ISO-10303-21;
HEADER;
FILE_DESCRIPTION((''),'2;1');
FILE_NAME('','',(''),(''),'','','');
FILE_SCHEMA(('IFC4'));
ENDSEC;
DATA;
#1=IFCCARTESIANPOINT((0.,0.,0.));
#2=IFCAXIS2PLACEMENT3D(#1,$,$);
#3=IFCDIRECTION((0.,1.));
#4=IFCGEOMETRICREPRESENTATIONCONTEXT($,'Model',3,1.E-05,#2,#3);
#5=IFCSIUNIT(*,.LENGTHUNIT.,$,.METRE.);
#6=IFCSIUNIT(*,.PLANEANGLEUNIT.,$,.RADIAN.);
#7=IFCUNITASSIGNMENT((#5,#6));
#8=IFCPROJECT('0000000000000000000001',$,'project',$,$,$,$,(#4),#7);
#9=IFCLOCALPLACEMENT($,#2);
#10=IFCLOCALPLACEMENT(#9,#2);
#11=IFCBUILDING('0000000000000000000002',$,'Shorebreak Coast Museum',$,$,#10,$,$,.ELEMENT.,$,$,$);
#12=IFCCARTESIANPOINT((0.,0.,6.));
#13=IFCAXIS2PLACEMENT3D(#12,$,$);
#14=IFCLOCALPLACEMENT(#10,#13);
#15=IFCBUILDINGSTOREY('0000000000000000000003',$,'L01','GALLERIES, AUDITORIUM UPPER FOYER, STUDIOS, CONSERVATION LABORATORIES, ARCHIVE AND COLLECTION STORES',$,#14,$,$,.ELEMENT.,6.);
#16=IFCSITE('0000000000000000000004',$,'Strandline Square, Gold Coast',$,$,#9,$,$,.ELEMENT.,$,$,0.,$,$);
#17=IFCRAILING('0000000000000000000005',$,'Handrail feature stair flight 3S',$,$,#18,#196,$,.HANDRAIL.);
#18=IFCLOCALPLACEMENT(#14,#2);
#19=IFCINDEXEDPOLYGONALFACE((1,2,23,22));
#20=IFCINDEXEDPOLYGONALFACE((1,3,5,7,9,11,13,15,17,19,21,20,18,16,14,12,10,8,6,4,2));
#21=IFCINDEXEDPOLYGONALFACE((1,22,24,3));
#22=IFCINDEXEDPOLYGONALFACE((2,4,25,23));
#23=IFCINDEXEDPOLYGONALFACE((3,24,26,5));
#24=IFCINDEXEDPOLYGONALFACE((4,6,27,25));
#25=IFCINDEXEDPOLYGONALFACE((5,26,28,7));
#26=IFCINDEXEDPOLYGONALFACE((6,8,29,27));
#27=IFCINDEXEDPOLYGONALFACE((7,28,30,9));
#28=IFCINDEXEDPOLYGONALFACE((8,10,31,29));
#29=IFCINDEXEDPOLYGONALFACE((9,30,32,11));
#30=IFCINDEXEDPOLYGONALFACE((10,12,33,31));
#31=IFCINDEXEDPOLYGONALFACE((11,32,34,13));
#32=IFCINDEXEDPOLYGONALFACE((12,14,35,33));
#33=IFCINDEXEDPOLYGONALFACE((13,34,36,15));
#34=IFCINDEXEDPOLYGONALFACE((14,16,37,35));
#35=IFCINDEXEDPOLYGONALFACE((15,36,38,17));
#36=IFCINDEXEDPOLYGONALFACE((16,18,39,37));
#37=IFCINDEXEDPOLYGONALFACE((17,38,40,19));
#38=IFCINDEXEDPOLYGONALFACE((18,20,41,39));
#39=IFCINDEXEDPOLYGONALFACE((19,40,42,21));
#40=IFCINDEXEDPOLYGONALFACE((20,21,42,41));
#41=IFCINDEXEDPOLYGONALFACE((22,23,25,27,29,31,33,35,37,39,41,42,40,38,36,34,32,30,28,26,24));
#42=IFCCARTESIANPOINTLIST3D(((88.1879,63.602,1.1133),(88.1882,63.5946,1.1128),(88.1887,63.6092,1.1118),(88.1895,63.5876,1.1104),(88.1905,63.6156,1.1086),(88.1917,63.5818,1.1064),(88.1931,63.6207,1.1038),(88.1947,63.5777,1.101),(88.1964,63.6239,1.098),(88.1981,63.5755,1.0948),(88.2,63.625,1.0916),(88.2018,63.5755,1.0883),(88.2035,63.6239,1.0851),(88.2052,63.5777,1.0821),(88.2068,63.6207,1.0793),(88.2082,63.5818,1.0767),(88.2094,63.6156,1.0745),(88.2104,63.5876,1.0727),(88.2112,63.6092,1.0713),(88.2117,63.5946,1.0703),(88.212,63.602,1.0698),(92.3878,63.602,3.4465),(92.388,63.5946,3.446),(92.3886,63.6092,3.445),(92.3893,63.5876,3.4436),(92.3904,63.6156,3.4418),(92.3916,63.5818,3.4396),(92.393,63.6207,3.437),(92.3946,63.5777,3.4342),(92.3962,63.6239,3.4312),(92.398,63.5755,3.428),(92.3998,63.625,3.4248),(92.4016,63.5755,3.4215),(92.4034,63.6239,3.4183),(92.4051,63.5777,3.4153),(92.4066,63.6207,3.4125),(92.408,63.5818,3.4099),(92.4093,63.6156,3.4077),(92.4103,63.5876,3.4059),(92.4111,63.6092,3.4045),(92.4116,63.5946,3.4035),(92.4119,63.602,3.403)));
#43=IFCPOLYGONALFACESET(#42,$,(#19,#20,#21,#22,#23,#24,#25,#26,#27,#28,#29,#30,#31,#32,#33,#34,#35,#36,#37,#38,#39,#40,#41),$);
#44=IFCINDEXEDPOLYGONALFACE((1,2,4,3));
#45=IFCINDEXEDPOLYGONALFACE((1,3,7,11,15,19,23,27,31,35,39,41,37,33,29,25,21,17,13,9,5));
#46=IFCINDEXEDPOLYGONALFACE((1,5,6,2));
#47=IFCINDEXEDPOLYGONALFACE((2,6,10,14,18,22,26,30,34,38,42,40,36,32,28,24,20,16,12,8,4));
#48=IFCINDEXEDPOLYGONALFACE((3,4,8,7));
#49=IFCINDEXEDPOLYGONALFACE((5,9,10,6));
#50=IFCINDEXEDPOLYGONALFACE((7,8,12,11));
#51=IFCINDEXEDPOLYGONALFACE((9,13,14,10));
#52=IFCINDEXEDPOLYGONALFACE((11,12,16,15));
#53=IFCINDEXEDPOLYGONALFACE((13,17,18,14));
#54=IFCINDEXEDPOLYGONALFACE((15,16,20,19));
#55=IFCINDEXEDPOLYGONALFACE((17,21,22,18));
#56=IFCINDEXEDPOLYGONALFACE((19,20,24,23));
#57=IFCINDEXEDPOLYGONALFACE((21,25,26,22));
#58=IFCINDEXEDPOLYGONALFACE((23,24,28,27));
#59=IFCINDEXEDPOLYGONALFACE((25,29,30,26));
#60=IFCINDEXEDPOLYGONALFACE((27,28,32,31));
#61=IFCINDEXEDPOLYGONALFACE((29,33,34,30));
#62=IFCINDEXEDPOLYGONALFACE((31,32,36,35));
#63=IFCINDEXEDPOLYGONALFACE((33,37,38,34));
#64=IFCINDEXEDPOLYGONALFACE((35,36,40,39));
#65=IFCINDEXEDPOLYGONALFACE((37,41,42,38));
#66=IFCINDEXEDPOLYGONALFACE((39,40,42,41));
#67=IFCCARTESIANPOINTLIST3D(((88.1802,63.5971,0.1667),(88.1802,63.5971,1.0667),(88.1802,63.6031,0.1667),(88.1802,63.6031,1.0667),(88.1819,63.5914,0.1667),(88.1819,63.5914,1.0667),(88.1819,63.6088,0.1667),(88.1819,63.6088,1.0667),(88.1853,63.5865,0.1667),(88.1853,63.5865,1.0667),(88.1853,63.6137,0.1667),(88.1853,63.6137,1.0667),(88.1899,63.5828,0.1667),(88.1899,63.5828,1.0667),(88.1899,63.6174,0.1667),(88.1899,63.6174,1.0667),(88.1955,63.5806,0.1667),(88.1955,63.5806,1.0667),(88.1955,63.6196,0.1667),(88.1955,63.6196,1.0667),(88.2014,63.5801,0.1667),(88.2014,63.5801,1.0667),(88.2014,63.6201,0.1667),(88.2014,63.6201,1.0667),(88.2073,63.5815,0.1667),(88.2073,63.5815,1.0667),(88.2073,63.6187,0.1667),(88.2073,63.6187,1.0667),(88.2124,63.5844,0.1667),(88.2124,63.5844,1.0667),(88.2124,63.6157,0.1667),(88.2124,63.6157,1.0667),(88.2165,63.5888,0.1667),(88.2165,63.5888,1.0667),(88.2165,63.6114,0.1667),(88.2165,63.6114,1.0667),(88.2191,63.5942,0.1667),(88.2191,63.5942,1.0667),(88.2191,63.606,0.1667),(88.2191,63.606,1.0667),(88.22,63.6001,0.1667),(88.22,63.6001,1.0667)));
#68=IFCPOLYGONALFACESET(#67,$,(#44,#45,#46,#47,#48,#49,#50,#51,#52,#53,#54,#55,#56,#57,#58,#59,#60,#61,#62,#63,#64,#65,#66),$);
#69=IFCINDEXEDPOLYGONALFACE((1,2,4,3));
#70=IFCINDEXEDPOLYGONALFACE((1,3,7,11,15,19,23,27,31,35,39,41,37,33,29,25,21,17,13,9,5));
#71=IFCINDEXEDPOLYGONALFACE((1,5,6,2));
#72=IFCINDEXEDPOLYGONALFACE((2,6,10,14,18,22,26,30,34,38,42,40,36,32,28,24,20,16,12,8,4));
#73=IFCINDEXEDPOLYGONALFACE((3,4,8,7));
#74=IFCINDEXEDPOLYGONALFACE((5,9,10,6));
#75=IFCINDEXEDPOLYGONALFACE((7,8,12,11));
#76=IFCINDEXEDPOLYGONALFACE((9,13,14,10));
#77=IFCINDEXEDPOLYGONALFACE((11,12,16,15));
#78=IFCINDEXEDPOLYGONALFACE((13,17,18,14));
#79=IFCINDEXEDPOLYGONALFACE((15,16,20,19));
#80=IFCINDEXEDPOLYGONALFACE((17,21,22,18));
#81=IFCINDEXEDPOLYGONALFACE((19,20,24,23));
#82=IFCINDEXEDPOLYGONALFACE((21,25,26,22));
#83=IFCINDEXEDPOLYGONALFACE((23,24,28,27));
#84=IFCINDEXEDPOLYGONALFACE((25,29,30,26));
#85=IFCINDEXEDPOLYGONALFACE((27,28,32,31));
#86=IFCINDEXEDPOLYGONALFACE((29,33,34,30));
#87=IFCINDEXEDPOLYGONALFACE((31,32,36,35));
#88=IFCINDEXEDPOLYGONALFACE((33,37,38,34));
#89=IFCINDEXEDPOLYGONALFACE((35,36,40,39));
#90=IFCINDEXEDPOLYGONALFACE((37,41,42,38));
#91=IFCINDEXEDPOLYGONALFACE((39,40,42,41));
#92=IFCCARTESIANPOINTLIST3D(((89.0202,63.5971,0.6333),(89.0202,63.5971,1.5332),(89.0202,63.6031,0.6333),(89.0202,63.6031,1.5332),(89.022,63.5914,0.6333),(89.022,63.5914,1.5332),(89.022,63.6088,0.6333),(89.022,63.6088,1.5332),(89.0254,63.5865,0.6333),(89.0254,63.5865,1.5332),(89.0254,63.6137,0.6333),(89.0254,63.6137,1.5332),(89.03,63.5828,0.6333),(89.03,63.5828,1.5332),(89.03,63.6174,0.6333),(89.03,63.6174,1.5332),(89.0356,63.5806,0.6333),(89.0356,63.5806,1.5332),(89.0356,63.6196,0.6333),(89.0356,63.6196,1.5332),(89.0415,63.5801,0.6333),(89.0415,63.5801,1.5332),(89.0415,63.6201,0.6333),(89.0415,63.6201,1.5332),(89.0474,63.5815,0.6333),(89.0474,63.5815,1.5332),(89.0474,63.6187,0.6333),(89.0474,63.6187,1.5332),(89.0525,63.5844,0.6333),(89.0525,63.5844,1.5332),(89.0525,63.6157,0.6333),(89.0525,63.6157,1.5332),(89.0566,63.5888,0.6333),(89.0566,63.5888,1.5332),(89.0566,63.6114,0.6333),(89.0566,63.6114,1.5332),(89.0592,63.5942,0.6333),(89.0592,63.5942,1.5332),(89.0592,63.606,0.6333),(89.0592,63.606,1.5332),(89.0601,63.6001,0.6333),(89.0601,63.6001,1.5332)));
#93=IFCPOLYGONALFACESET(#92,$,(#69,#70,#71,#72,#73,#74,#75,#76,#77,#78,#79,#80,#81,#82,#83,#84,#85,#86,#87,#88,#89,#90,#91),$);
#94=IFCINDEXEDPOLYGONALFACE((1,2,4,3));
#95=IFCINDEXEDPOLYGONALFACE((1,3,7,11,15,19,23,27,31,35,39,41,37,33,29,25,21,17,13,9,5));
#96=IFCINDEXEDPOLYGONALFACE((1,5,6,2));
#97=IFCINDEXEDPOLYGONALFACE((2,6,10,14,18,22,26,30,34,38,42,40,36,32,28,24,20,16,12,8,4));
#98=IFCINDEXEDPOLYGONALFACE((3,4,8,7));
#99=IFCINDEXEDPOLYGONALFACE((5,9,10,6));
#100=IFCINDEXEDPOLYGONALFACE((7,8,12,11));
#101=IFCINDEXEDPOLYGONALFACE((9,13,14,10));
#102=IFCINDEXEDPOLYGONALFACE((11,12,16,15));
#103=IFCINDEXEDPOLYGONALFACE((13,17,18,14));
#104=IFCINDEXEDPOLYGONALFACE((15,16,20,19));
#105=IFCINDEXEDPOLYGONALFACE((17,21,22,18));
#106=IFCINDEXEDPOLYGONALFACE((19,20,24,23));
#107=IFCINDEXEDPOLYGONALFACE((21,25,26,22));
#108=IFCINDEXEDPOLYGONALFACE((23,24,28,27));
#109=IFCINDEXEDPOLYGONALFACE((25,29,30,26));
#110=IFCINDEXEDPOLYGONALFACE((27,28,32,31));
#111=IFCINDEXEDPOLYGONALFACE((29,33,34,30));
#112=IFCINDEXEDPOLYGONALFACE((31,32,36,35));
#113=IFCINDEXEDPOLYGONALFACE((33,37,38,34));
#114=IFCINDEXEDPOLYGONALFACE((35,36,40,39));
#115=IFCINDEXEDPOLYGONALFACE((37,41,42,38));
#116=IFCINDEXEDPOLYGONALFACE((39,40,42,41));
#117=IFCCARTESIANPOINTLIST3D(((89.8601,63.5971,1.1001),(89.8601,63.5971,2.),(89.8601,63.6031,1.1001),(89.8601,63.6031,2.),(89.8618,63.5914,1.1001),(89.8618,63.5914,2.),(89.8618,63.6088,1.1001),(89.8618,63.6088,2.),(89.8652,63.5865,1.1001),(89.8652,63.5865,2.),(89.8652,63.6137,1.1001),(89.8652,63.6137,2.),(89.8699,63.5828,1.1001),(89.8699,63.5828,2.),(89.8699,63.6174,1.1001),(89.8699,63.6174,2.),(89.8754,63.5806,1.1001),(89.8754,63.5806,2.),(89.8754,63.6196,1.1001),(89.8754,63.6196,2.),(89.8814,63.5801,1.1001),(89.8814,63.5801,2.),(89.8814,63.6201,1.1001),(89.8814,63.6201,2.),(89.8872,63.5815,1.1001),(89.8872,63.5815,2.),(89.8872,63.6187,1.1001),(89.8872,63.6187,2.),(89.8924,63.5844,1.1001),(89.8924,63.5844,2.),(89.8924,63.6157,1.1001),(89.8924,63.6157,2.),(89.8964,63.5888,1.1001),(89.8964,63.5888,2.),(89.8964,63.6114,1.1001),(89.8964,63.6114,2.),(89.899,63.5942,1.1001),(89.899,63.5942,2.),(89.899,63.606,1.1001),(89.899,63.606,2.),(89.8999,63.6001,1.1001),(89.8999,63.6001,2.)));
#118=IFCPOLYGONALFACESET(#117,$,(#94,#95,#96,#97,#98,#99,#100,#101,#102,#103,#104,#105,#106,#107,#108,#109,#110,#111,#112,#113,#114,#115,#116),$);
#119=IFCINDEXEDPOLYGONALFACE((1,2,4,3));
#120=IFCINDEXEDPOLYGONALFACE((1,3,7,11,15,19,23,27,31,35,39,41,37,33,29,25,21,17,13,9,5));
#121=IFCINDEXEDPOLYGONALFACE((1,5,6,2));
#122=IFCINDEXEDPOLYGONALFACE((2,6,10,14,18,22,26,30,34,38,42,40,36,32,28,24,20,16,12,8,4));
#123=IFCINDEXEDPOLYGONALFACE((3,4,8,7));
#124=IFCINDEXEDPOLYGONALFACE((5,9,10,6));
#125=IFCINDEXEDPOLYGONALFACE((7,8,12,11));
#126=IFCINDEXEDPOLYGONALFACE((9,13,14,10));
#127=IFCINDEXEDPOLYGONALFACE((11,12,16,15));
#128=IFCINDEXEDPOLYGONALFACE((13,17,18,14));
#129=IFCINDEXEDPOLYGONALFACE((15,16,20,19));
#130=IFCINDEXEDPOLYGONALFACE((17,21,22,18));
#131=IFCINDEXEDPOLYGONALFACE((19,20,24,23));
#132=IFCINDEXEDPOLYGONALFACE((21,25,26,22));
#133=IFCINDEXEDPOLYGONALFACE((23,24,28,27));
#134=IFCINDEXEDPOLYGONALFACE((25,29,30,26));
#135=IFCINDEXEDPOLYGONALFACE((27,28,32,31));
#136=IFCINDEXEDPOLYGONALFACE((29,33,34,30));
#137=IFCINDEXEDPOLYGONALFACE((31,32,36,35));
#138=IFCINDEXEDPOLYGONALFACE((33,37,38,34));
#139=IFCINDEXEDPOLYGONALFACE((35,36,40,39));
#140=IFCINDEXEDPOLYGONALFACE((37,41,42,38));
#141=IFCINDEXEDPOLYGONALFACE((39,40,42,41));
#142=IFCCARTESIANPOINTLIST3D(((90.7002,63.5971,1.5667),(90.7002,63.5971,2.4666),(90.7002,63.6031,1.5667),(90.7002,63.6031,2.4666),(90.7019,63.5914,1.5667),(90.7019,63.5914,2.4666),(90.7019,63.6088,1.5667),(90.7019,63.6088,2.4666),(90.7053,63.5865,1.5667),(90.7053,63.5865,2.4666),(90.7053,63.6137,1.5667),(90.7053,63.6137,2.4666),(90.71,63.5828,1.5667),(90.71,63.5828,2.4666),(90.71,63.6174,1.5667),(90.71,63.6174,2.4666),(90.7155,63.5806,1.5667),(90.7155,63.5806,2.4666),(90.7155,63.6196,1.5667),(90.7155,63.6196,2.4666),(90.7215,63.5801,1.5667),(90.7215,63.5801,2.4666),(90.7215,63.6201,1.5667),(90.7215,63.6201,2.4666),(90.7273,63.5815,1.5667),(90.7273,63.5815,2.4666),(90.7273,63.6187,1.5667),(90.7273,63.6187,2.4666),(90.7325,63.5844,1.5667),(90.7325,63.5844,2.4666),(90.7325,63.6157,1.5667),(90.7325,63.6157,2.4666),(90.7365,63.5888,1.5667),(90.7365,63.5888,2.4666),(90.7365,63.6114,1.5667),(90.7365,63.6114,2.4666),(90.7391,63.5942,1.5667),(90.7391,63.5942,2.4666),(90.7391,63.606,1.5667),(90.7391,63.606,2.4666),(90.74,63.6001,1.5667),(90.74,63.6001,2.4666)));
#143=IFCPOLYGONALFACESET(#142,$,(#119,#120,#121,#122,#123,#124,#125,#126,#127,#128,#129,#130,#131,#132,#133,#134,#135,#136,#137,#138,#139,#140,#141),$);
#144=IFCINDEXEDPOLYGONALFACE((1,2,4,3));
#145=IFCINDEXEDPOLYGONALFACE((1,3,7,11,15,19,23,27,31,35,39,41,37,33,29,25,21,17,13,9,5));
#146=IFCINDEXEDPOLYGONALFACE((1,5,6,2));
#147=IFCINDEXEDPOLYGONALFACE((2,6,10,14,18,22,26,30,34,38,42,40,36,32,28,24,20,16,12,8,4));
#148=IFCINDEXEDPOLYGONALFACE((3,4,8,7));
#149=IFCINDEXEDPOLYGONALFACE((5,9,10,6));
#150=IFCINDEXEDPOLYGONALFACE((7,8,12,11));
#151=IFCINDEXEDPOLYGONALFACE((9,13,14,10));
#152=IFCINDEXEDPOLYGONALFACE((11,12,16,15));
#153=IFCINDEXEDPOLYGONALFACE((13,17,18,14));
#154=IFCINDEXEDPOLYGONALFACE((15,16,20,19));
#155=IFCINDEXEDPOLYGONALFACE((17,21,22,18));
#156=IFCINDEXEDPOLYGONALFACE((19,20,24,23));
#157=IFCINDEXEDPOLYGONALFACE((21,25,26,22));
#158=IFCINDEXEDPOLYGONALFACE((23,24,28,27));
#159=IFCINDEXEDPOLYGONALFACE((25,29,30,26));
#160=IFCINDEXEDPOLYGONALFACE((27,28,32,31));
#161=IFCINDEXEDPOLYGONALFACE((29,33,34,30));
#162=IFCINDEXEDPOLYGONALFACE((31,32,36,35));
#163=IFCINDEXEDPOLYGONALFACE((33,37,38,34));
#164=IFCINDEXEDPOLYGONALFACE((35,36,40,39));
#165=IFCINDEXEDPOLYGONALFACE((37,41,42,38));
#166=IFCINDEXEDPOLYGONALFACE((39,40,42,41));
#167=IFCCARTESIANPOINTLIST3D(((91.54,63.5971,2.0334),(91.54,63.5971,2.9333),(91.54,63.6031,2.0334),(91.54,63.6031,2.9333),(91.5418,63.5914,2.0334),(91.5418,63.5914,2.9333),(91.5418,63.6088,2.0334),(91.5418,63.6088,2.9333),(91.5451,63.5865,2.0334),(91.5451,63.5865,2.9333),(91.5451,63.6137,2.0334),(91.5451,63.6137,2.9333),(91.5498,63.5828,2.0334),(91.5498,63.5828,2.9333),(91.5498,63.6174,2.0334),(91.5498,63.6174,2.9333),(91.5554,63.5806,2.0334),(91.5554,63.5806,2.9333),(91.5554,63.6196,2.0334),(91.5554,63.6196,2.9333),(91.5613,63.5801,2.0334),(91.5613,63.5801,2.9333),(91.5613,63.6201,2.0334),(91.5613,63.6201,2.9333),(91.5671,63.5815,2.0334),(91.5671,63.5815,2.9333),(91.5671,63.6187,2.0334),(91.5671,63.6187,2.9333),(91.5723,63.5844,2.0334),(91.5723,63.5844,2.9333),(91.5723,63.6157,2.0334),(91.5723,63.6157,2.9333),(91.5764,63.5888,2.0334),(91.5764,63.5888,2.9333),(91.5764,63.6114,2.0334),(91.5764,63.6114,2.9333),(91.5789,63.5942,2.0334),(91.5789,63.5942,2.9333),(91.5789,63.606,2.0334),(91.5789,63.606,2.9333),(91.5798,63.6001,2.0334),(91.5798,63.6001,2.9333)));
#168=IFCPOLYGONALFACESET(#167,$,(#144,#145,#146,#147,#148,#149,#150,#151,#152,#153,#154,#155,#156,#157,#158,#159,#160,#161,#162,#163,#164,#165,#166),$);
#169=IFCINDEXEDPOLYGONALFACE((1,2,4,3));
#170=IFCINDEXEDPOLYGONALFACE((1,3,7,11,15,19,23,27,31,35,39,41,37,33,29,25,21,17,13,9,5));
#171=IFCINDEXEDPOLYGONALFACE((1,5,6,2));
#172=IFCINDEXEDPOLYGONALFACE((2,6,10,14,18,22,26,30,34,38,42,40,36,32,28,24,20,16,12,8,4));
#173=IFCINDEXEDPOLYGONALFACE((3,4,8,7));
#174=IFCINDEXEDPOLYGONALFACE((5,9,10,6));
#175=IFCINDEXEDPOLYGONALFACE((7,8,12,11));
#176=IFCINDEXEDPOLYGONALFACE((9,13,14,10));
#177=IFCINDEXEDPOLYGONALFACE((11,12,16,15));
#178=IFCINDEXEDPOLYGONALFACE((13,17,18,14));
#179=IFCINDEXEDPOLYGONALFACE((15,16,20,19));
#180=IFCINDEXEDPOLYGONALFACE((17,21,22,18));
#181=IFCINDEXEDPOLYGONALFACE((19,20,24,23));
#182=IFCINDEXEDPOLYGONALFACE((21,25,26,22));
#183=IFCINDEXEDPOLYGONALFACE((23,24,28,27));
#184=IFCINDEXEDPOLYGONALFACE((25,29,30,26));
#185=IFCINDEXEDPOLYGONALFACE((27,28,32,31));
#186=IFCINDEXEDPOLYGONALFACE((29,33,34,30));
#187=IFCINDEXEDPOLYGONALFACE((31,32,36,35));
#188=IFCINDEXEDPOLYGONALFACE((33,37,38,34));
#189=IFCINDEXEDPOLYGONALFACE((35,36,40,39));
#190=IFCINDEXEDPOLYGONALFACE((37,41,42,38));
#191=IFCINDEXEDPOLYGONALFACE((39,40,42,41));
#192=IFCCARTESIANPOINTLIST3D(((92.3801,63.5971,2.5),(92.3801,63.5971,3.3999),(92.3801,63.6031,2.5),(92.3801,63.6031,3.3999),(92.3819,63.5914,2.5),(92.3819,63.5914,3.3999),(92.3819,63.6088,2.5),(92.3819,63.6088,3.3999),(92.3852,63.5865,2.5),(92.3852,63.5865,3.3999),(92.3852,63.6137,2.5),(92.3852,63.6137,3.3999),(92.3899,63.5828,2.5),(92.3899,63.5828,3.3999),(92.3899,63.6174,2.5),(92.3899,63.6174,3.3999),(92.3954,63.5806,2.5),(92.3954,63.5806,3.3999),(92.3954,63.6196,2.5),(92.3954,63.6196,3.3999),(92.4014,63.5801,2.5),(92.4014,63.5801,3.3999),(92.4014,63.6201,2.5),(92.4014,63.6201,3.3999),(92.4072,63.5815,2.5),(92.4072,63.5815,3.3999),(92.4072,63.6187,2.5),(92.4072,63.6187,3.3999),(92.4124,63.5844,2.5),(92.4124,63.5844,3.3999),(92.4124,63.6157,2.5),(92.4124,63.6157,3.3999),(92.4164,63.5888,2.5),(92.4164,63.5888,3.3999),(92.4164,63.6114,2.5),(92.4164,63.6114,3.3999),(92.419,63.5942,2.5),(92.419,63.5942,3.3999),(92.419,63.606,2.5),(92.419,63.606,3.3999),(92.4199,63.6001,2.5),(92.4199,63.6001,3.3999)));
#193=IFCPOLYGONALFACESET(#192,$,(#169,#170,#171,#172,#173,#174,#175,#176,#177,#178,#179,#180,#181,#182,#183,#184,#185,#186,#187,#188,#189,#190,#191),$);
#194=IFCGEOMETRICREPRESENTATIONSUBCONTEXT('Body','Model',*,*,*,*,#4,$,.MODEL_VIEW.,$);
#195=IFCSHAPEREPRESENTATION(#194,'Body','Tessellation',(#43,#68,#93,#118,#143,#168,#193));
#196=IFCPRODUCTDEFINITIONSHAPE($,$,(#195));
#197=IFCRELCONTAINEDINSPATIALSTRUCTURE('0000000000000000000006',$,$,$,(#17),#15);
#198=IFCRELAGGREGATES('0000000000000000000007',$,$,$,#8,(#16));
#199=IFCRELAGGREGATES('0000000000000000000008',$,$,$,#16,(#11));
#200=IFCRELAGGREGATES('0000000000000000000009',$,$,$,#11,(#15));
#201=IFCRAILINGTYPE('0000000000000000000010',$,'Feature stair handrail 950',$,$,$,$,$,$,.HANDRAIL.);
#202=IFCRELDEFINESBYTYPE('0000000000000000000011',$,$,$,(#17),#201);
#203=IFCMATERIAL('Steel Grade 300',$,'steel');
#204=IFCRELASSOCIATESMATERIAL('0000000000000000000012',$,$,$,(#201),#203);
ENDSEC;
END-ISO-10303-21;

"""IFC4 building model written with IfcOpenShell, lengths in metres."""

from ifc_helpers import new_model, si_unit, direction, frame, origin, origin_2d, place, context, subcontext, project, spatial, circle, extrude, material, type_object, element, save


model = new_model("IFC4")

# Units and contexts
model_context = context("Model", 3, precision=1e-05, world=origin(), true_north=direction((0.0, 1.0)))
body_context = subcontext(model_context, "Body", "Model", "MODEL_VIEW")
ifc_project = project(units=[si_unit("LENGTHUNIT", "METRE"), si_unit("PLANEANGLEUNIT", "RADIAN")], contexts=[model_context])

# Site, building, storey
site_placement = place(None, origin())
site = spatial("IfcSite", under=ifc_project, at=site_placement, Name="Strandline Square, Gold Coast", CompositionType="ELEMENT", RefElevation=0.0)
building_placement = place(site_placement, origin())
building = spatial("IfcBuilding", under=site, at=building_placement, Name="Shorebreak Coast Museum", CompositionType="ELEMENT")
storey_placement = place(building_placement, frame((0.0, 0.0, 6.0)))
storey = spatial("IfcBuildingStorey", under=building, at=storey_placement, Name="L01", Description="GALLERIES, AUDITORIUM UPPER FOYER, STUDIOS, CONSERVATION LABORATORIES, ARCHIVE AND COLLECTION STORES", CompositionType="ELEMENT", Elevation=6.0)

# Railing
ifc_material_1 = material(Name="Steel Grade 300", Category="steel")
railing_type_1 = type_object("IfcRailingType", Name="Feature stair handrail 950", PredefinedType="HANDRAIL", material=ifc_material_1)
for number, where, name in (
    (1, (88.2, 63.6001, 0.1667), "Handrail feature stair flight 3S"),
):
    element("IfcRailing", number, at=place(storey_placement, frame(where)), inside=storey, type_object=railing_type_1, Name=name, PredefinedType="HANDRAIL", context=body_context, shape_type="SweptSolid", body=[
        extrude(circle(Radius=0.0249, at=origin_2d()), frame((0.0, 0.0, 0.9248), z_axis=(0.874162, 0.0, 0.485634), x_axis=(0.0, 1.0, 0.0)), (0.0, 0.0, 1.0), 4.8044),
        extrude(circle(Radius=0.02, at=origin_2d()), origin(), (0.0, 0.0, 1.0), 0.8999),
        extrude(circle(Radius=0.02, at=origin_2d()), frame((0.8401, 0.0, 0.4666)), (0.0, 0.0, 1.0), 0.8999),
        extrude(circle(Radius=0.02, at=origin_2d()), frame((1.6799, 0.0, 0.9333)), (0.0, 0.0, 1.0), 0.8999),
        extrude(circle(Radius=0.02, at=origin_2d()), frame((2.52, 0.0, 1.3999)), (0.0, 0.0, 1.0), 0.8999),
        extrude(circle(Radius=0.02, at=origin_2d()), frame((3.3599, 0.0, 1.8667)), (0.0, 0.0, 1.0), 0.8999),
        extrude(circle(Radius=0.02, at=origin_2d()), frame((4.2, 0.0, 2.3333)), (0.0, 0.0, 1.0), 0.8999),
    ])

save(model, "model.ifc")
